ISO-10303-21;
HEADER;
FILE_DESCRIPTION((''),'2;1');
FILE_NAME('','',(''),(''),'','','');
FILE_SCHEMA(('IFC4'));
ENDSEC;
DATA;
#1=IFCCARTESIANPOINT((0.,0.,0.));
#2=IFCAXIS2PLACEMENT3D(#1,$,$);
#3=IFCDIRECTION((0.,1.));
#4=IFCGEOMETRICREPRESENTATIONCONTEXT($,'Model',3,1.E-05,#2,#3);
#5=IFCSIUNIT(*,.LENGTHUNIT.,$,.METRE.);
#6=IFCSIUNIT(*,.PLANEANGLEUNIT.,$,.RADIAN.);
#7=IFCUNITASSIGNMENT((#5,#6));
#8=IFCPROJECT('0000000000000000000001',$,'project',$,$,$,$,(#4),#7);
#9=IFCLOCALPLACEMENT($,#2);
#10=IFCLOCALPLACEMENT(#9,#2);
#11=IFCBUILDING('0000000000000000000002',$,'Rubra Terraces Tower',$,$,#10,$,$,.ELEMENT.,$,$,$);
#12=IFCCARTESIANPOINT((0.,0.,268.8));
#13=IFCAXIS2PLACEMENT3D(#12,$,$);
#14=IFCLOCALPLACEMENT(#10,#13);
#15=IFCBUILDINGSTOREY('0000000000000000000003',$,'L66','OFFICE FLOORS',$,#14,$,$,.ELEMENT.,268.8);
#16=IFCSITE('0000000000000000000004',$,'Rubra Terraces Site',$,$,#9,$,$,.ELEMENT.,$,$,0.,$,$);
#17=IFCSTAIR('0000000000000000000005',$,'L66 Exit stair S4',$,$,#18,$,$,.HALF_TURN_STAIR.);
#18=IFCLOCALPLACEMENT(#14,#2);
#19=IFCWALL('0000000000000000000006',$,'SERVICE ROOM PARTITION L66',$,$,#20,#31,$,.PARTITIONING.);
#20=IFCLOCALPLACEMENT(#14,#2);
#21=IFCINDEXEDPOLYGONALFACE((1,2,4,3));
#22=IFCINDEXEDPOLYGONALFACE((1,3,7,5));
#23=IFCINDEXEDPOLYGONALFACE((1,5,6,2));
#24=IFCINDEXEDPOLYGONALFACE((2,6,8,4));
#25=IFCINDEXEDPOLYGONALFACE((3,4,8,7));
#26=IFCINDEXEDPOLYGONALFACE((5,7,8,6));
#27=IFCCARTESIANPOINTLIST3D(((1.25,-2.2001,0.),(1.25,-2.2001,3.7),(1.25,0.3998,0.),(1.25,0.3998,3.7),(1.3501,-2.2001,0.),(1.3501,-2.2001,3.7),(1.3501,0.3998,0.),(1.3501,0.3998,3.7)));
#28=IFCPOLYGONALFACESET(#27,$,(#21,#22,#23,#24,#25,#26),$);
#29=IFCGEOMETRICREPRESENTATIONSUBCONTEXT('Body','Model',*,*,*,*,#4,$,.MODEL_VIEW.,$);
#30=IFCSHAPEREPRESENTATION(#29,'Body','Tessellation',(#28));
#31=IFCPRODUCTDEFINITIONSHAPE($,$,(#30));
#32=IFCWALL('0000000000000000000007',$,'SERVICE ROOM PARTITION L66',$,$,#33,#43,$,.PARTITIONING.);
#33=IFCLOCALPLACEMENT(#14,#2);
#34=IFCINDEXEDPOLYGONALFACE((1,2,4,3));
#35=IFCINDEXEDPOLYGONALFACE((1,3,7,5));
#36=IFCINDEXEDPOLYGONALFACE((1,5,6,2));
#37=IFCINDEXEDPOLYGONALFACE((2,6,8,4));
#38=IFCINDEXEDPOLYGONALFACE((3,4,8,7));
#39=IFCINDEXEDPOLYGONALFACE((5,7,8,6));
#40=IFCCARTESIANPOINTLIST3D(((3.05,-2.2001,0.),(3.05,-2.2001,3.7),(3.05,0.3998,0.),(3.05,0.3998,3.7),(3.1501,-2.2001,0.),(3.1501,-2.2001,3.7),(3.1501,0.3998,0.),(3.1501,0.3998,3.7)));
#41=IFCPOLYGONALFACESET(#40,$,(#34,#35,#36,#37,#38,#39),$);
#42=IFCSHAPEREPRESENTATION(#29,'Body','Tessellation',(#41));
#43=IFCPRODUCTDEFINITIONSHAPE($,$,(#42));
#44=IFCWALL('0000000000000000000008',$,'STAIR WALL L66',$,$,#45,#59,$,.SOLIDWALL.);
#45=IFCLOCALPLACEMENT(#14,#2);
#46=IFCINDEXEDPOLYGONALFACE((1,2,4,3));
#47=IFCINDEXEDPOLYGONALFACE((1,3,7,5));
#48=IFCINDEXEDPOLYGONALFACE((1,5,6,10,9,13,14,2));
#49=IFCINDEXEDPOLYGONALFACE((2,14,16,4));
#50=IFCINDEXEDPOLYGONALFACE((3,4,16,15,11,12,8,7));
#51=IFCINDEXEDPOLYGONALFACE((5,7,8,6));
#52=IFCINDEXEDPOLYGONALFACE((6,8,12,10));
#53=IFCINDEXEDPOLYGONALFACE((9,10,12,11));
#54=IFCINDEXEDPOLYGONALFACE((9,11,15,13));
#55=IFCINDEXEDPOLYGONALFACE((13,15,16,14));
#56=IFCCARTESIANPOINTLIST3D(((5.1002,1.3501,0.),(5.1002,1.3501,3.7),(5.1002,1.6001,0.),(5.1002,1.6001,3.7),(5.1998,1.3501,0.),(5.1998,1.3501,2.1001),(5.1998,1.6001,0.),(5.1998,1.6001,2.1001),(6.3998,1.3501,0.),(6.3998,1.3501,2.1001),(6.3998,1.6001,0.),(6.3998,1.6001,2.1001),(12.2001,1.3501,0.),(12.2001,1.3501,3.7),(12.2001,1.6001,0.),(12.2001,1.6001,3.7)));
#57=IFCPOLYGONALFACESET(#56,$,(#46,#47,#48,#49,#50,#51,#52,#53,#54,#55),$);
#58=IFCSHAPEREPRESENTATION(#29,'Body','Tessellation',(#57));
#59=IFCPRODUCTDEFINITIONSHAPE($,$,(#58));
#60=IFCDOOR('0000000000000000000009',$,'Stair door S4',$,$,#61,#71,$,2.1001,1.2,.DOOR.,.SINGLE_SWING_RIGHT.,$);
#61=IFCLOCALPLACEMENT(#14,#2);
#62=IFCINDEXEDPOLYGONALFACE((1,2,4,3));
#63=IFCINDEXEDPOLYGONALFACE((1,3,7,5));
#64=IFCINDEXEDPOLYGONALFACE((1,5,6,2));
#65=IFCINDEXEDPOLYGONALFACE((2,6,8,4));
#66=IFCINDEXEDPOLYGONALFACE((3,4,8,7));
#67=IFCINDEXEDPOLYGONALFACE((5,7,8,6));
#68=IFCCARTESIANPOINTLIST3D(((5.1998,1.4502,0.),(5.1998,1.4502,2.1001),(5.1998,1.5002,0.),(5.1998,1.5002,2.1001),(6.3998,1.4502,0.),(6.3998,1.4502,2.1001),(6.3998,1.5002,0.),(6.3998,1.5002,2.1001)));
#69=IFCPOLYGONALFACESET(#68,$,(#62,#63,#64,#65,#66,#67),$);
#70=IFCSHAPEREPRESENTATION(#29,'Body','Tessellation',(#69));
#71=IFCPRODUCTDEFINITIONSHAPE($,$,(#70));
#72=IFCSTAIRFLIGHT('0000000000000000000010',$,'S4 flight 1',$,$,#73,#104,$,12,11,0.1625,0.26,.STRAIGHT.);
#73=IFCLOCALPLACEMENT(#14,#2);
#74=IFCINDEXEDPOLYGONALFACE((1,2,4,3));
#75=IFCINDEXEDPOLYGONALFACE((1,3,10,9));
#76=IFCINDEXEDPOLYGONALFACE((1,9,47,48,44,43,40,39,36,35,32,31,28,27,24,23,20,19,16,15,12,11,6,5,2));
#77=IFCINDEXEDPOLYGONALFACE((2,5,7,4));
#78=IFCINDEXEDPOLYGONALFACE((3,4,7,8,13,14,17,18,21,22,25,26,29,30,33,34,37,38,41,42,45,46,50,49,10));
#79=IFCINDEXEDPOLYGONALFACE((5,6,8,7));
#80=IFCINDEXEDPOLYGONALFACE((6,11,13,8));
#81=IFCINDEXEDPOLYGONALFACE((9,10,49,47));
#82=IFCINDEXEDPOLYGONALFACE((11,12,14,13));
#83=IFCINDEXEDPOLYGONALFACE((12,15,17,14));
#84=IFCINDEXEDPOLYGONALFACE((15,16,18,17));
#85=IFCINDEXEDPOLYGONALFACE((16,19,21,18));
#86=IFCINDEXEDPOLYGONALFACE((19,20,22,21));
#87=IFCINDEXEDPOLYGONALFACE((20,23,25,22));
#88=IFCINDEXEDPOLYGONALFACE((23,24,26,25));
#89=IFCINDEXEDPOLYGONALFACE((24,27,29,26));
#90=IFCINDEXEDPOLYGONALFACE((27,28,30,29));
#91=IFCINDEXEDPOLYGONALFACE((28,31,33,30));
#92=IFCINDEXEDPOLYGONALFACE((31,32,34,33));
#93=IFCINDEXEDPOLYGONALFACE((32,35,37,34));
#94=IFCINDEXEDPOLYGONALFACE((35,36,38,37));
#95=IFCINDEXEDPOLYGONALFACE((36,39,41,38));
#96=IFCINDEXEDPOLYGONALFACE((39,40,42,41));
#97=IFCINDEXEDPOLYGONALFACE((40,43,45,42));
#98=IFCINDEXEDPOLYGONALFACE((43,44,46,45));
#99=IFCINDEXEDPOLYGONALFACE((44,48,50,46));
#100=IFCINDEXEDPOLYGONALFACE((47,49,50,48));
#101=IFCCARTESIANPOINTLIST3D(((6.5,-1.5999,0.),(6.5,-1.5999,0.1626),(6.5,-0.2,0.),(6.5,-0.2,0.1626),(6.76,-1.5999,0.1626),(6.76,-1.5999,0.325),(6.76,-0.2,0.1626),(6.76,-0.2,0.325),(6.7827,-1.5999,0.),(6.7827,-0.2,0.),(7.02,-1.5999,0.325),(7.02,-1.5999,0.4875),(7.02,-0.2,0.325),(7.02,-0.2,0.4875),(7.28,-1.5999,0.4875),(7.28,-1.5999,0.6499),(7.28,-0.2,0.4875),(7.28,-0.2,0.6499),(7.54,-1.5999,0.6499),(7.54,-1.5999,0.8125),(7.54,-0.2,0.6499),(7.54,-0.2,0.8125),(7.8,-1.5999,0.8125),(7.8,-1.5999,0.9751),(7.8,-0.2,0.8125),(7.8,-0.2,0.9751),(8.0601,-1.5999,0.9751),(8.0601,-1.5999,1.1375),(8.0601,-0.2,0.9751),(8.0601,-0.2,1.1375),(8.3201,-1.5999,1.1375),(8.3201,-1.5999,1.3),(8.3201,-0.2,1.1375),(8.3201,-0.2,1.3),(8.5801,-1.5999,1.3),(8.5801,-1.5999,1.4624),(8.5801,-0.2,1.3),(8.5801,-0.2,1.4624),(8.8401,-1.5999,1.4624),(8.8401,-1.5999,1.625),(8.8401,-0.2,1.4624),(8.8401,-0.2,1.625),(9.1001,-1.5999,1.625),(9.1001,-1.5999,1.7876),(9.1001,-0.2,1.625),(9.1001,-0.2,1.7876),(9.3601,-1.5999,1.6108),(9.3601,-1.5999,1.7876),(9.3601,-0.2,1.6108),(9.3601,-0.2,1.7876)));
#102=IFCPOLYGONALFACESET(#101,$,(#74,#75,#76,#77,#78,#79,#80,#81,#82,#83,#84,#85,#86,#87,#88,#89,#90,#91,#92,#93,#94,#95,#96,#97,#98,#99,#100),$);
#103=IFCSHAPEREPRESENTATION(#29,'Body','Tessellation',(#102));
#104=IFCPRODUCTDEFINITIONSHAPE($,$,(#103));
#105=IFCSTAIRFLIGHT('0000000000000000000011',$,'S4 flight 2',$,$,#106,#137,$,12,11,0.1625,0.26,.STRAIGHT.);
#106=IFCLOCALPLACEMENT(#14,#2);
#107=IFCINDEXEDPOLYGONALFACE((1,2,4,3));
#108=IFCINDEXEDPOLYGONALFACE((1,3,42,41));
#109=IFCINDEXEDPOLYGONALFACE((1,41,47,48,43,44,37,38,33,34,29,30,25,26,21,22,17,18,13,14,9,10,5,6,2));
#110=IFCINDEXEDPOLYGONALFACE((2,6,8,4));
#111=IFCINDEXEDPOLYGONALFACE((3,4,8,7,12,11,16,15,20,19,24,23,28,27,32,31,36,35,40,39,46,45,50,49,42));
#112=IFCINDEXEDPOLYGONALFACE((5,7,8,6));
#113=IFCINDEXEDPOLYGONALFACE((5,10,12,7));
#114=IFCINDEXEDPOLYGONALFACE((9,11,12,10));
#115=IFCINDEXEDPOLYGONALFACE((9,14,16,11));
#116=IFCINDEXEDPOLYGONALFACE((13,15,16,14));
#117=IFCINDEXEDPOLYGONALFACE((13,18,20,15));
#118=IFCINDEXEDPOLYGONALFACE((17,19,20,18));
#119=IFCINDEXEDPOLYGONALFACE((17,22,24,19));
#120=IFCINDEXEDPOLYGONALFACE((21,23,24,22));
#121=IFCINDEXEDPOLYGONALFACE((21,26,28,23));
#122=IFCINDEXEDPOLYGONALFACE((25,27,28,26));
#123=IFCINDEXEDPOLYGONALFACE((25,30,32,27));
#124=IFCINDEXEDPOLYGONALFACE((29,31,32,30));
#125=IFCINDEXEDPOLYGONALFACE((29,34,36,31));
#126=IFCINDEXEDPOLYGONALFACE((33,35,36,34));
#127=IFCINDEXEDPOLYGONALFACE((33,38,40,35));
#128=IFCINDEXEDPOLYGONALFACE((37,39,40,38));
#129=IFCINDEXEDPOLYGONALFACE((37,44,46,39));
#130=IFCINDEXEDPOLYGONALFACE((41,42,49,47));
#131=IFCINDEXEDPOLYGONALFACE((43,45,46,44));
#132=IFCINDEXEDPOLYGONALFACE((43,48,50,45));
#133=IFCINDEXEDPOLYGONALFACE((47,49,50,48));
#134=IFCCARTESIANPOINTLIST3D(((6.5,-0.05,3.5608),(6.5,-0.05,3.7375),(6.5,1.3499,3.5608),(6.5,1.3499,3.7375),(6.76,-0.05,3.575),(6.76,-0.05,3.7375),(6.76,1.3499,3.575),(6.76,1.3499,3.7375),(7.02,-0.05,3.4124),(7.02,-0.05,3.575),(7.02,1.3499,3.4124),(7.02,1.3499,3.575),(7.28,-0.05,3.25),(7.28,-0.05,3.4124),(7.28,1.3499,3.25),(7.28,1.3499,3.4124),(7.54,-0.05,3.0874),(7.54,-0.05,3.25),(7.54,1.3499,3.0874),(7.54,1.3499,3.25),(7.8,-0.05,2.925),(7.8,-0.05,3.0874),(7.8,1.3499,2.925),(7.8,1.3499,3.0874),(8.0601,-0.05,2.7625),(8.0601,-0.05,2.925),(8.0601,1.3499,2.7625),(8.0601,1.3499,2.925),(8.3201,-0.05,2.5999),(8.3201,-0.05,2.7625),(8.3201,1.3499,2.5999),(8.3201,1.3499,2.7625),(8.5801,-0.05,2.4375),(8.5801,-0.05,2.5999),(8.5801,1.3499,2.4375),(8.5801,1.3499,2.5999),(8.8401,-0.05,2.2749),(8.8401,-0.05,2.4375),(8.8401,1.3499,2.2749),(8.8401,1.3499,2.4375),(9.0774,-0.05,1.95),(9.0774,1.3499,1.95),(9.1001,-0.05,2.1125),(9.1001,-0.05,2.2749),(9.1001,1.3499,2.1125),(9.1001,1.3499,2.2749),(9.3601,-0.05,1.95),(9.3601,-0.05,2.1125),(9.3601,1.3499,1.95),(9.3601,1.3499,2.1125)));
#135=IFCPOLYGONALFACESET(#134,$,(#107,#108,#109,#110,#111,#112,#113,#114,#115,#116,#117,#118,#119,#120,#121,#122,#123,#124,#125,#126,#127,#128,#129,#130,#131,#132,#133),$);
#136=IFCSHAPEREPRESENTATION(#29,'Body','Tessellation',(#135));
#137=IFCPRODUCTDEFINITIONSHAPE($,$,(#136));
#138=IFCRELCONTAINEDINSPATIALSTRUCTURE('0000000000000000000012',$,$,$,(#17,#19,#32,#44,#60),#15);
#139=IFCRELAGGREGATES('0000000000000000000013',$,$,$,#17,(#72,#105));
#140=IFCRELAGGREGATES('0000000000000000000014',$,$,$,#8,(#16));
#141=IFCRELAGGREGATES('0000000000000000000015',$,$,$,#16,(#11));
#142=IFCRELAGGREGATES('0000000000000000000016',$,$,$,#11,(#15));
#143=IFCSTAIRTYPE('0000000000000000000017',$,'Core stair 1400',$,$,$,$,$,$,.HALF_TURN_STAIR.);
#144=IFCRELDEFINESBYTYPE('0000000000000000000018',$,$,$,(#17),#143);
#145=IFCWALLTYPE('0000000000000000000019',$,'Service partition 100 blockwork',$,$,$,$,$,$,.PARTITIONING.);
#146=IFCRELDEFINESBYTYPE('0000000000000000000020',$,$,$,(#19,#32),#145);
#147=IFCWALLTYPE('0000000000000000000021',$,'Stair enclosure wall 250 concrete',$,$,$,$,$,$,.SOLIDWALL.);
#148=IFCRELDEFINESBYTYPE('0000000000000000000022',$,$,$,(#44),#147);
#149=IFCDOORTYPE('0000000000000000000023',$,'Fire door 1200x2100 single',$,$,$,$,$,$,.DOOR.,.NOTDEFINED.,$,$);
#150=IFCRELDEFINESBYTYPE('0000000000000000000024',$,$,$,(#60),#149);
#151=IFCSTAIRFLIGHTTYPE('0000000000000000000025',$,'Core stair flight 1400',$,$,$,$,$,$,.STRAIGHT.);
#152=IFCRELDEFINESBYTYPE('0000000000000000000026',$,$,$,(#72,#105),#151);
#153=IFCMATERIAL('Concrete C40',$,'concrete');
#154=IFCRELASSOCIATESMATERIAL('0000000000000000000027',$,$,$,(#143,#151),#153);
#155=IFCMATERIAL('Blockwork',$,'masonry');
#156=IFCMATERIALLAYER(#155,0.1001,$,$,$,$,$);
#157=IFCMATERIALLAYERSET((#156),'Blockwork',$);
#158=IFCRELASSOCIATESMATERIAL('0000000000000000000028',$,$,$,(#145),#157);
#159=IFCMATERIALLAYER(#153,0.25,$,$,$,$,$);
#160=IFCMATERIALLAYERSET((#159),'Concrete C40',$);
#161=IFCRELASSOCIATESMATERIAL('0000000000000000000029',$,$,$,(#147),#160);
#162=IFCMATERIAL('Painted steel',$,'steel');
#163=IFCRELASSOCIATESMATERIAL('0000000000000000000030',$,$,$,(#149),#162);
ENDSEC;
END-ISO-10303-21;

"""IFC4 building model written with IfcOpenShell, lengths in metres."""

from ifc_helpers import new_model, si_unit, direction, frame, frame_2d, origin, place, context, subcontext, project, spatial, polyline, rectangle, outline, extrude, material, layer, layer_set, type_object, element, fill, aggregate, save


model = new_model("IFC4")

# Units and contexts
model_context = context("Model", 3, precision=1e-05, world=origin(), true_north=direction((0.0, 1.0)))
body_context = subcontext(model_context, "Body", "Model", "MODEL_VIEW")
ifc_project = project(units=[si_unit("LENGTHUNIT", "METRE"), si_unit("PLANEANGLEUNIT", "RADIAN")], contexts=[model_context])

# Site, building, storey
site_placement = place(None, origin())
site = spatial("IfcSite", under=ifc_project, at=site_placement, Name="Rubra Terraces Site", CompositionType="ELEMENT", RefElevation=0.0)
building_placement = place(site_placement, origin())
building = spatial("IfcBuilding", under=site, at=building_placement, Name="Rubra Terraces Tower", CompositionType="ELEMENT")
storey_placement = place(building_placement, frame((0.0, 0.0, 268.8)))
storey = spatial("IfcBuildingStorey", under=building, at=storey_placement, Name="L66", Description="OFFICE FLOORS", CompositionType="ELEMENT", Elevation=268.8)

# Stair
ifc_material_1 = material(Name="Concrete C40", Category="concrete")
stair_type = type_object("IfcStairType", Name="Core stair 1400", PredefinedType="HALF_TURN_STAIR", material=ifc_material_1)
stair_1_placement = place(storey_placement, origin())
stair_1 = element("IfcStair", 1, at=stair_1_placement, inside=storey, type_object=stair_type, Name="L66 Exit stair S4", PredefinedType="HALF_TURN_STAIR")

# Walls
ifc_material_2 = material(Name="Blockwork", Category="masonry")
ifc_layer_1 = layer(ifc_material_2, 0.1001)
ifc_layer_set_1 = layer_set([ifc_layer_1], Name="Blockwork")
wall_type_1 = type_object("IfcWallType", Name="Service partition 100 blockwork", PredefinedType="PARTITIONING", material=ifc_layer_set_1)
for number, where, z_axis, x_axis, name in (
    (2, (1.3, -2.2, 0.0), (0.0, 0.0, 1.0), (0.0, 1.0, 0.0), "SERVICE ROOM PARTITION L66"),
    (3, (3.1001, -2.2, 0.0), (0.0, 0.0, 1.0), (0.0, 1.0, 0.0), "SERVICE ROOM PARTITION L66"),
):
    element("IfcWall", number, at=place(storey_placement, frame(where, z_axis=z_axis, x_axis=x_axis)), inside=storey, type_object=wall_type_1, Name=name, PredefinedType="PARTITIONING", context=body_context, shape_type="SweptSolid", body=[
        extrude(rectangle(XDim=2.5999, YDim=0.1001, at=frame_2d((1.2998, 0.0))), origin(), (0.0, 0.0, 1.0), 3.7),
    ])

# Wall, opening, door
ifc_layer_2 = layer(ifc_material_1, 0.25)
ifc_layer_set_2 = layer_set([ifc_layer_2], Name="Concrete C40")
wall_type_2 = type_object("IfcWallType", Name="Stair enclosure wall 250 concrete", PredefinedType="SOLIDWALL", material=ifc_layer_set_2)
wall_1_placement = place(storey_placement, frame((12.2, 1.4751, 0.0), z_axis=(0.0, 0.0, 1.0), x_axis=(-1.0, 0.0, 0.0)))
wall_1 = element("IfcWall", 4, at=wall_1_placement, inside=storey, type_object=wall_type_2, Name="STAIR WALL L66", PredefinedType="SOLIDWALL", context=body_context, shape_type="SweptSolid", body=[
    extrude(rectangle(XDim=7.0999, YDim=0.25, at=frame_2d((3.5498, 0.0))), origin(), (0.0, 0.0, 1.0), 3.7),
])
opening_1_placement = place(wall_1_placement, frame((5.8, 0.0, 0.0)))
opening_1 = element("IfcOpeningElement", 5, at=opening_1_placement, cuts=wall_1, PredefinedType="OPENING", context=body_context, shape_type="SweptSolid", body=[
    extrude(rectangle(XDim=1.2, YDim=2.1001, at=frame_2d((0.6001, 1.05))), frame((0.0, 0.135, 0.0), z_axis=(0.0, -1.0, 0.0), x_axis=(1.0, 0.0, 0.0)), (0.0, 0.0, 1.0), 0.27),
])
ifc_material_3 = material(Name="Painted steel", Category="steel")
door_type_1 = type_object("IfcDoorType", Name="Fire door 1200x2100 single", OperationType="NOTDEFINED", PredefinedType="DOOR", material=ifc_material_3)
door_1_placement = place(opening_1_placement, origin())
door_1 = element("IfcDoor", 6, at=door_1_placement, inside=storey, type_object=door_type_1, Name="Stair door S4", OperationType="SINGLE_SWING_RIGHT", OverallHeight=2.1001, OverallWidth=1.2, PredefinedType="DOOR", context=body_context, shape_type="SweptSolid", body=[
    extrude(rectangle(XDim=1.2, YDim=2.1001, at=frame_2d((0.6001, 1.05))), frame((0.0, 0.0249, 0.0), z_axis=(0.0, -1.0, 0.0), x_axis=(1.0, 0.0, 0.0)), (0.0, 0.0, 1.0), 0.05),
])
fill(opening_1, door_1)

# Stair flights
stair_flight_type = type_object("IfcStairFlightType", Name="Core stair flight 1400", PredefinedType="STRAIGHT", material=ifc_material_1)
stair_flight_1_placement = place(storey_placement, frame((6.5, -0.8999, 0.0), z_axis=(0.0, 0.0, 1.0), x_axis=(1.0, 0.0, 0.0)))
stair_flight_1 = element("IfcStairFlight", 7, at=stair_flight_1_placement, type_object=stair_flight_type, Name="S4 flight 1", NumberOfRisers=12, NumberOfTreads=11, PredefinedType="STRAIGHT", RiserHeight=0.1625, TreadLength=0.26, context=body_context, shape_type="SweptSolid", body=[
    extrude(outline(polyline([(0.0, 0.0), (0.0, 0.1626), (0.26, 0.1626), (0.26, 0.325), (0.52, 0.325), (0.52, 0.4875), (0.78, 0.4875), (0.78, 0.6499), (1.04, 0.6499), (1.04, 0.8125), (1.3, 0.8125), (1.3, 0.9751), (1.5601, 0.9751), (1.5601, 1.1375), (1.8201, 1.1375), (1.8201, 1.3), (2.0801, 1.3), (2.0801, 1.4624), (2.3401, 1.4624), (2.3401, 1.625), (2.6001, 1.625), (2.6001, 1.7876), (2.8601, 1.7876), (2.8601, 1.95), (2.8601, 1.6108), (0.2827, 0.0), (0.0, 0.0)])), frame((0.0, 0.7, 0.0), z_axis=(0.0, -1.0, 0.0), x_axis=(1.0, 0.0, 0.0)), (0.0, 0.0, 1.0), 1.3999),
])
stair_flight_2_placement = place(storey_placement, frame((9.3601, 0.6499, 1.95), z_axis=(0.0, 0.0, 1.0), x_axis=(-1.0, 0.0, 0.0)))
stair_flight_2 = element("IfcStairFlight", 8, at=stair_flight_2_placement, type_object=stair_flight_type, Name="S4 flight 2", NumberOfRisers=12, NumberOfTreads=11, PredefinedType="STRAIGHT", RiserHeight=0.1625, TreadLength=0.26, context=body_context, shape_type="SweptSolid", body=[
    extrude(outline(polyline([(0.0, 0.0), (0.0, 0.1626), (0.26, 0.1626), (0.26, 0.325), (0.52, 0.325), (0.52, 0.4875), (0.78, 0.4875), (0.78, 0.6499), (1.04, 0.6499), (1.04, 0.8125), (1.3, 0.8125), (1.3, 0.9751), (1.5601, 0.9751), (1.5601, 1.1375), (1.8201, 1.1375), (1.8201, 1.3), (2.0801, 1.3), (2.0801, 1.4624), (2.3401, 1.4624), (2.3401, 1.625), (2.6001, 1.625), (2.6001, 1.7876), (2.8601, 1.7876), (2.8601, 1.95), (2.8601, 1.6108), (0.2827, 0.0), (0.0, 0.0)])), frame((0.0, 0.7, 0.0), z_axis=(0.0, -1.0, 0.0), x_axis=(1.0, 0.0, 0.0)), (0.0, 0.0, 1.0), 1.3999),
])
aggregate(stair_1, [stair_flight_1, stair_flight_2])

save(model, "model.ifc")
